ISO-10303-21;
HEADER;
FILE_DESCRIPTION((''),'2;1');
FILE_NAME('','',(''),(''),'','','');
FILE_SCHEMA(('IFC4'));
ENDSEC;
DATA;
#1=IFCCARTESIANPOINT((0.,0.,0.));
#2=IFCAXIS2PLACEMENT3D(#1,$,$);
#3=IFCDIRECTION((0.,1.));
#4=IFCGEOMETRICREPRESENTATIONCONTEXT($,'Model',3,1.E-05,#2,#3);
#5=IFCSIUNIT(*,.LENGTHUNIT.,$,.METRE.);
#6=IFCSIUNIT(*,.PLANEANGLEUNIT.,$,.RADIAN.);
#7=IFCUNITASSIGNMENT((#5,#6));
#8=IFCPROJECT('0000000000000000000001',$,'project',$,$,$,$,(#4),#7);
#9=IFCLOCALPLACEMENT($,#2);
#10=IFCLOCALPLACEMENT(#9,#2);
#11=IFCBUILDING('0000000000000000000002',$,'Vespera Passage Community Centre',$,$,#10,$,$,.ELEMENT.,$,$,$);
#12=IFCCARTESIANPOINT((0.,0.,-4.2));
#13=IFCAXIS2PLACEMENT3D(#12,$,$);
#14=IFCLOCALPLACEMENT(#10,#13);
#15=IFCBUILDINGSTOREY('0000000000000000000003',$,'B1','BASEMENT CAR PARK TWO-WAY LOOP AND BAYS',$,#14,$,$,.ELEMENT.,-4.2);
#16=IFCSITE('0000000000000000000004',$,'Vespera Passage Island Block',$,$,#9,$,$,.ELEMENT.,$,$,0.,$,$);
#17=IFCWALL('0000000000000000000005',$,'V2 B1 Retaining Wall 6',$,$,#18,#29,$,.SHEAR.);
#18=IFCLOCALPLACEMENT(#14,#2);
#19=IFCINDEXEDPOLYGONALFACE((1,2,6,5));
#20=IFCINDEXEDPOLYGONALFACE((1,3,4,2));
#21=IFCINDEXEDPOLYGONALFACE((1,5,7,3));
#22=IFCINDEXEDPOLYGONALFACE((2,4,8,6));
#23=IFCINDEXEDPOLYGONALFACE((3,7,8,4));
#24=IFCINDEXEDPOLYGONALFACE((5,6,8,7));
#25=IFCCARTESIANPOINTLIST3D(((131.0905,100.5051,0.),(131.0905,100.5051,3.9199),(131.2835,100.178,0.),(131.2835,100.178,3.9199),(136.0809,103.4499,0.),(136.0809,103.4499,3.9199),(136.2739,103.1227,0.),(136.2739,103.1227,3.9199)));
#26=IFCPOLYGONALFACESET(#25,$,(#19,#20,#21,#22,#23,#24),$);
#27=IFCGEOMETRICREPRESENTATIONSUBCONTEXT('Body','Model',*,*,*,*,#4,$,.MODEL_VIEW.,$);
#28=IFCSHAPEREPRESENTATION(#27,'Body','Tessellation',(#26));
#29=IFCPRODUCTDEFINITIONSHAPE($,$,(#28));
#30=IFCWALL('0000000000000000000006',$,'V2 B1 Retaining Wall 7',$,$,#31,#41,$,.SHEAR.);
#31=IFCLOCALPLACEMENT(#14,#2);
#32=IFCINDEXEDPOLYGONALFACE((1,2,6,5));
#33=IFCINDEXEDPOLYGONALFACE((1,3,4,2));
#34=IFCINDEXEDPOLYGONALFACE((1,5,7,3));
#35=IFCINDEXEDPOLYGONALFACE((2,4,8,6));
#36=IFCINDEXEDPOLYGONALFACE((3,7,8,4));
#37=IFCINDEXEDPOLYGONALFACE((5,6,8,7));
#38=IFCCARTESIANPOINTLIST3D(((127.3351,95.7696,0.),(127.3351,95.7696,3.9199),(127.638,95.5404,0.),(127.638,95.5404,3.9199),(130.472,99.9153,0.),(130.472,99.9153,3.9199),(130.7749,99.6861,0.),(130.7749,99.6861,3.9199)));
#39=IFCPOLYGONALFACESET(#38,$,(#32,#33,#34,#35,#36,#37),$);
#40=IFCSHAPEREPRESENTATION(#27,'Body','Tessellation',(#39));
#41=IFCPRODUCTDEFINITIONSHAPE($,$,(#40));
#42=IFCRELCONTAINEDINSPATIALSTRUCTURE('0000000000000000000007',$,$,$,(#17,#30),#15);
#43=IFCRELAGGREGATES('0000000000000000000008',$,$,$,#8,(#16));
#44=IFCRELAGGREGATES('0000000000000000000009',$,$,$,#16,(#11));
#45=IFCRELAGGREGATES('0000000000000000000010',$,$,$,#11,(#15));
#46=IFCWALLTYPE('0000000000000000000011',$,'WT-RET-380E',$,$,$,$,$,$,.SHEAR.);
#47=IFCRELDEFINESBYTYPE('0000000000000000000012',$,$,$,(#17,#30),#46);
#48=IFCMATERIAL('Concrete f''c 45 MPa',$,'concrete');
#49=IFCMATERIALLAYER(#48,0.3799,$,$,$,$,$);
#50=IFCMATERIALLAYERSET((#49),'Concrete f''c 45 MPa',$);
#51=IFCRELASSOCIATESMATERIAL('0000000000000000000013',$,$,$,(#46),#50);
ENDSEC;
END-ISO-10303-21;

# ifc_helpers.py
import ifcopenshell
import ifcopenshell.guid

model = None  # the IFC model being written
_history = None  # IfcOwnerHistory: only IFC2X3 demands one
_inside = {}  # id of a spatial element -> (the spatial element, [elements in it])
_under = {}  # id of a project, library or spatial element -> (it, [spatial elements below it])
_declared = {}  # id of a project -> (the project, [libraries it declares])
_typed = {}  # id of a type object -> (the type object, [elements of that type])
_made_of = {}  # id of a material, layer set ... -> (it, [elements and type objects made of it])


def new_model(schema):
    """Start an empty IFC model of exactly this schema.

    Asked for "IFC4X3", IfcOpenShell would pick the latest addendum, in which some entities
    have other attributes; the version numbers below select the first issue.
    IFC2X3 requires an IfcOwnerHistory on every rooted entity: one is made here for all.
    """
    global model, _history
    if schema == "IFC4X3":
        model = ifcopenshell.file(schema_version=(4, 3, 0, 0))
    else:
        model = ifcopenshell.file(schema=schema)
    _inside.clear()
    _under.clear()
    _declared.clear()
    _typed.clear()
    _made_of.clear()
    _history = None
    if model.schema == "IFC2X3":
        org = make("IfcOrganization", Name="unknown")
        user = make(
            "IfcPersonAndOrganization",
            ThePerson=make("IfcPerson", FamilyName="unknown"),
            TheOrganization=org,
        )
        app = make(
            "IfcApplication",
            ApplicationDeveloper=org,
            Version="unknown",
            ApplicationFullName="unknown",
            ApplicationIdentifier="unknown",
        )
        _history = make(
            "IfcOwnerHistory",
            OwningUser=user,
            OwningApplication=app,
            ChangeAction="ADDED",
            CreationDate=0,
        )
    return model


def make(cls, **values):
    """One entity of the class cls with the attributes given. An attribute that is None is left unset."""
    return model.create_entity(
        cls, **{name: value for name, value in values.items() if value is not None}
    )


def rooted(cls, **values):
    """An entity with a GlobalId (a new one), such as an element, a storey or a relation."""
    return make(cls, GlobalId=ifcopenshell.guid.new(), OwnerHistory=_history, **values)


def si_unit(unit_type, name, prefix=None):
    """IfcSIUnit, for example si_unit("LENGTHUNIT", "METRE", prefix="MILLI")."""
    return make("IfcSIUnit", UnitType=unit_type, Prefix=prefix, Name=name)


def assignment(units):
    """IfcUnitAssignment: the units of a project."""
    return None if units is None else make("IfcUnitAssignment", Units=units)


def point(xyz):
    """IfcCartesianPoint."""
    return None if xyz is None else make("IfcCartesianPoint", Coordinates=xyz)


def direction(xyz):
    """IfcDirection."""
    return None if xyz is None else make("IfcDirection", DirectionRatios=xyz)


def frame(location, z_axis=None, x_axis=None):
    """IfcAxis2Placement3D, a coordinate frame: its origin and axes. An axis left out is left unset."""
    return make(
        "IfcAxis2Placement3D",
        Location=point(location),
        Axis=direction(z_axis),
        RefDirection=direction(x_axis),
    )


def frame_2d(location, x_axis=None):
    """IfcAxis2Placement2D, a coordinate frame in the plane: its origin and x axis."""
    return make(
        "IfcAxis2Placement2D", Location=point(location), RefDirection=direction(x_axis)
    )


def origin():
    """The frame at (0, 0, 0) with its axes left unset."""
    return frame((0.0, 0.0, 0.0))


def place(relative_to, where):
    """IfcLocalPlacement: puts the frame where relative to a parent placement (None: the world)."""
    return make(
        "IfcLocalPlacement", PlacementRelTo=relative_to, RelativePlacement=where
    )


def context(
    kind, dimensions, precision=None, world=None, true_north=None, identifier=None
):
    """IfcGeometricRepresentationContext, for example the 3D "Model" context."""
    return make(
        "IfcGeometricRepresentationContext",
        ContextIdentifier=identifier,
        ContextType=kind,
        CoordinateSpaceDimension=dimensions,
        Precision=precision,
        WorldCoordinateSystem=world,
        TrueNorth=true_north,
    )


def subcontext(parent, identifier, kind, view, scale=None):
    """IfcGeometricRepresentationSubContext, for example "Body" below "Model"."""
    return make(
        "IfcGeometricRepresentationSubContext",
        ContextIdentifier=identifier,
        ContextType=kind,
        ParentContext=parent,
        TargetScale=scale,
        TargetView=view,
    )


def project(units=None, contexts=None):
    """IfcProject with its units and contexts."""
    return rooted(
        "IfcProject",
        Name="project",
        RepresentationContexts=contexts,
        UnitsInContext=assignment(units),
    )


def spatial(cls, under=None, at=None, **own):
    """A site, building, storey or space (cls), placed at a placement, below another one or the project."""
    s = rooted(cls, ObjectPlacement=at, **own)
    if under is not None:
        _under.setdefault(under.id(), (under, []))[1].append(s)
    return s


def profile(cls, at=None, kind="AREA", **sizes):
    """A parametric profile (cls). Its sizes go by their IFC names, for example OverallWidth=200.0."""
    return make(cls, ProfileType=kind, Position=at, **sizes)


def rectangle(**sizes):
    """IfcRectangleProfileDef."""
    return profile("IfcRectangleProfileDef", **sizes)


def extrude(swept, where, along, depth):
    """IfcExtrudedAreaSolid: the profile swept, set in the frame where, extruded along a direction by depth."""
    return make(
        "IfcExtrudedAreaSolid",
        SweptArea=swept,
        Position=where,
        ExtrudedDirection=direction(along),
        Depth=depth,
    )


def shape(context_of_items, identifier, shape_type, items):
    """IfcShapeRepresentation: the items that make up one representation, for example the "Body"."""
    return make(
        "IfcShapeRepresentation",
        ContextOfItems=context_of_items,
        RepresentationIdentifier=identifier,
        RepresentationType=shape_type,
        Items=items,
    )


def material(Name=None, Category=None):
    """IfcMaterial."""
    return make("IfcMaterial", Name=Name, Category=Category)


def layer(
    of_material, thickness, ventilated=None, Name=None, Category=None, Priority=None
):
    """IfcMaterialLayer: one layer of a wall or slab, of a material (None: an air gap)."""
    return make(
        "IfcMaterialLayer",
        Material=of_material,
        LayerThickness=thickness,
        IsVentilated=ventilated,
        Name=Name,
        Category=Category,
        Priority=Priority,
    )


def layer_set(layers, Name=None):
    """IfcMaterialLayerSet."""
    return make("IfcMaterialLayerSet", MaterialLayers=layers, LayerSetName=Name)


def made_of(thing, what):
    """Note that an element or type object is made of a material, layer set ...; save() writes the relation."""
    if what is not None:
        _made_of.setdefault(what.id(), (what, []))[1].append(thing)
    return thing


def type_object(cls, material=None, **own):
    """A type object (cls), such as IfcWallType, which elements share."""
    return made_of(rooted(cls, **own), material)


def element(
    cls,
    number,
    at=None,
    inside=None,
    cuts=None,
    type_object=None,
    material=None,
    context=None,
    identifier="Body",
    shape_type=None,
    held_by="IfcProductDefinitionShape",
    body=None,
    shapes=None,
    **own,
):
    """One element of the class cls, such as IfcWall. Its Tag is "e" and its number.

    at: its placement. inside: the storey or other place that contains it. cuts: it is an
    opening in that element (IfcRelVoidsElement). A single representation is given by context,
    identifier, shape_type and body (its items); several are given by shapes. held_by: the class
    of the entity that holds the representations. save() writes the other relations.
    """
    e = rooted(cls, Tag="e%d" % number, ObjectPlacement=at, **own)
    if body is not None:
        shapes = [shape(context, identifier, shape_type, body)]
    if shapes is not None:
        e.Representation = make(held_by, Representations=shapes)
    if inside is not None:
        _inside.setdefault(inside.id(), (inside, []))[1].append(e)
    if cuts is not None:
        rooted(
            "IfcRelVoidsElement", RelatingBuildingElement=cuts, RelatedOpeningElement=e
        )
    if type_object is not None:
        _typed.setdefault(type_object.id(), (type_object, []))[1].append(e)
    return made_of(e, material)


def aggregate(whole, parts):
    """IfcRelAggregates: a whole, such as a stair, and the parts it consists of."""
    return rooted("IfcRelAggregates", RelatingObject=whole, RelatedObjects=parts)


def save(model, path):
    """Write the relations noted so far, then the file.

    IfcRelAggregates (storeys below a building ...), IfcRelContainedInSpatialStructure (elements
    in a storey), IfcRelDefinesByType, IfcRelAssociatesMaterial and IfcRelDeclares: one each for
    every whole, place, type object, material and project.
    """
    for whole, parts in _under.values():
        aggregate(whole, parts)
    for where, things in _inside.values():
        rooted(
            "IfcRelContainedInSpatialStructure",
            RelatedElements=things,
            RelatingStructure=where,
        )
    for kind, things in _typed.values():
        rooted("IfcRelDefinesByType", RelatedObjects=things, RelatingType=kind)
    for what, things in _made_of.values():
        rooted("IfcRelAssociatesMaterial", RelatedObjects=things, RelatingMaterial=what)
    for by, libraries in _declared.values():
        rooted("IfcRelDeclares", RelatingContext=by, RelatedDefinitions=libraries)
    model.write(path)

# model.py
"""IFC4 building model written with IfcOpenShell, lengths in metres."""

from ifc_helpers import new_model, si_unit, direction, frame, frame_2d, origin, place, context, subcontext, project, spatial, rectangle, extrude, material, layer, layer_set, type_object, element, save


model = new_model("IFC4")

# Units and contexts
model_context = context("Model", 3, precision=1e-05, world=origin(), true_north=direction((0.0, 1.0)))
body_context = subcontext(model_context, "Body", "Model", "MODEL_VIEW")
ifc_project = project(units=[si_unit("LENGTHUNIT", "METRE"), si_unit("PLANEANGLEUNIT", "RADIAN")], contexts=[model_context])

# Site, building, storey
site_placement = place(None, origin())
site = spatial("IfcSite", under=ifc_project, at=site_placement, Name="Vespera Passage Island Block", CompositionType="ELEMENT", RefElevation=0.0)
building_placement = place(site_placement, origin())
building = spatial("IfcBuilding", under=site, at=building_placement, Name="Vespera Passage Community Centre", CompositionType="ELEMENT")
storey_placement = place(building_placement, frame((0.0, 0.0, -4.2)))
storey = spatial("IfcBuildingStorey", under=building, at=storey_placement, Name="B1", Description="BASEMENT CAR PARK TWO-WAY LOOP AND BAYS", CompositionType="ELEMENT", Elevation=-4.2)

# Walls
ifc_material_1 = material(Name="Concrete f'c 45 MPa", Category="concrete")
ifc_layer_1 = layer(ifc_material_1, 0.3799)
ifc_layer_set_1 = layer_set([ifc_layer_1], Name="Concrete f'c 45 MPa")
wall_type_1 = type_object("IfcWallType", Name="WT-RET-380E", PredefinedType="SHEAR", material=ifc_layer_set_1)
wall_1_placement = place(storey_placement, frame((131.187, 100.3416, 0.0), z_axis=(0.0, 0.0, 1.0), x_axis=(0.861236, 0.508205, 0.0)))
element("IfcWall", 1, at=wall_1_placement, inside=storey, type_object=wall_type_1, Name="V2 B1 Retaining Wall 6", PredefinedType="SHEAR", context=body_context, shape_type="SweptSolid", body=[
    extrude(rectangle(XDim=5.7944, YDim=0.3799, at=frame_2d((2.8972, 0.0))), origin(), (0.0, 0.0, 1.0), 3.9199),
])
wall_2_placement = place(storey_placement, frame((127.4866, 95.655, 0.0), z_axis=(0.0, 0.0, 1.0), x_axis=(0.603398, 0.79744, 0.0)))
element("IfcWall", 2, at=wall_2_placement, inside=storey, type_object=wall_type_1, Name="V2 B1 Retaining Wall 7", PredefinedType="SHEAR", context=body_context, shape_type="SweptSolid", body=[
    extrude(rectangle(XDim=5.1987, YDim=0.3799, at=frame_2d((2.5994, 0.0))), origin(), (0.0, 0.0, 1.0), 3.9199),
])

save(model, "model.ifc")
